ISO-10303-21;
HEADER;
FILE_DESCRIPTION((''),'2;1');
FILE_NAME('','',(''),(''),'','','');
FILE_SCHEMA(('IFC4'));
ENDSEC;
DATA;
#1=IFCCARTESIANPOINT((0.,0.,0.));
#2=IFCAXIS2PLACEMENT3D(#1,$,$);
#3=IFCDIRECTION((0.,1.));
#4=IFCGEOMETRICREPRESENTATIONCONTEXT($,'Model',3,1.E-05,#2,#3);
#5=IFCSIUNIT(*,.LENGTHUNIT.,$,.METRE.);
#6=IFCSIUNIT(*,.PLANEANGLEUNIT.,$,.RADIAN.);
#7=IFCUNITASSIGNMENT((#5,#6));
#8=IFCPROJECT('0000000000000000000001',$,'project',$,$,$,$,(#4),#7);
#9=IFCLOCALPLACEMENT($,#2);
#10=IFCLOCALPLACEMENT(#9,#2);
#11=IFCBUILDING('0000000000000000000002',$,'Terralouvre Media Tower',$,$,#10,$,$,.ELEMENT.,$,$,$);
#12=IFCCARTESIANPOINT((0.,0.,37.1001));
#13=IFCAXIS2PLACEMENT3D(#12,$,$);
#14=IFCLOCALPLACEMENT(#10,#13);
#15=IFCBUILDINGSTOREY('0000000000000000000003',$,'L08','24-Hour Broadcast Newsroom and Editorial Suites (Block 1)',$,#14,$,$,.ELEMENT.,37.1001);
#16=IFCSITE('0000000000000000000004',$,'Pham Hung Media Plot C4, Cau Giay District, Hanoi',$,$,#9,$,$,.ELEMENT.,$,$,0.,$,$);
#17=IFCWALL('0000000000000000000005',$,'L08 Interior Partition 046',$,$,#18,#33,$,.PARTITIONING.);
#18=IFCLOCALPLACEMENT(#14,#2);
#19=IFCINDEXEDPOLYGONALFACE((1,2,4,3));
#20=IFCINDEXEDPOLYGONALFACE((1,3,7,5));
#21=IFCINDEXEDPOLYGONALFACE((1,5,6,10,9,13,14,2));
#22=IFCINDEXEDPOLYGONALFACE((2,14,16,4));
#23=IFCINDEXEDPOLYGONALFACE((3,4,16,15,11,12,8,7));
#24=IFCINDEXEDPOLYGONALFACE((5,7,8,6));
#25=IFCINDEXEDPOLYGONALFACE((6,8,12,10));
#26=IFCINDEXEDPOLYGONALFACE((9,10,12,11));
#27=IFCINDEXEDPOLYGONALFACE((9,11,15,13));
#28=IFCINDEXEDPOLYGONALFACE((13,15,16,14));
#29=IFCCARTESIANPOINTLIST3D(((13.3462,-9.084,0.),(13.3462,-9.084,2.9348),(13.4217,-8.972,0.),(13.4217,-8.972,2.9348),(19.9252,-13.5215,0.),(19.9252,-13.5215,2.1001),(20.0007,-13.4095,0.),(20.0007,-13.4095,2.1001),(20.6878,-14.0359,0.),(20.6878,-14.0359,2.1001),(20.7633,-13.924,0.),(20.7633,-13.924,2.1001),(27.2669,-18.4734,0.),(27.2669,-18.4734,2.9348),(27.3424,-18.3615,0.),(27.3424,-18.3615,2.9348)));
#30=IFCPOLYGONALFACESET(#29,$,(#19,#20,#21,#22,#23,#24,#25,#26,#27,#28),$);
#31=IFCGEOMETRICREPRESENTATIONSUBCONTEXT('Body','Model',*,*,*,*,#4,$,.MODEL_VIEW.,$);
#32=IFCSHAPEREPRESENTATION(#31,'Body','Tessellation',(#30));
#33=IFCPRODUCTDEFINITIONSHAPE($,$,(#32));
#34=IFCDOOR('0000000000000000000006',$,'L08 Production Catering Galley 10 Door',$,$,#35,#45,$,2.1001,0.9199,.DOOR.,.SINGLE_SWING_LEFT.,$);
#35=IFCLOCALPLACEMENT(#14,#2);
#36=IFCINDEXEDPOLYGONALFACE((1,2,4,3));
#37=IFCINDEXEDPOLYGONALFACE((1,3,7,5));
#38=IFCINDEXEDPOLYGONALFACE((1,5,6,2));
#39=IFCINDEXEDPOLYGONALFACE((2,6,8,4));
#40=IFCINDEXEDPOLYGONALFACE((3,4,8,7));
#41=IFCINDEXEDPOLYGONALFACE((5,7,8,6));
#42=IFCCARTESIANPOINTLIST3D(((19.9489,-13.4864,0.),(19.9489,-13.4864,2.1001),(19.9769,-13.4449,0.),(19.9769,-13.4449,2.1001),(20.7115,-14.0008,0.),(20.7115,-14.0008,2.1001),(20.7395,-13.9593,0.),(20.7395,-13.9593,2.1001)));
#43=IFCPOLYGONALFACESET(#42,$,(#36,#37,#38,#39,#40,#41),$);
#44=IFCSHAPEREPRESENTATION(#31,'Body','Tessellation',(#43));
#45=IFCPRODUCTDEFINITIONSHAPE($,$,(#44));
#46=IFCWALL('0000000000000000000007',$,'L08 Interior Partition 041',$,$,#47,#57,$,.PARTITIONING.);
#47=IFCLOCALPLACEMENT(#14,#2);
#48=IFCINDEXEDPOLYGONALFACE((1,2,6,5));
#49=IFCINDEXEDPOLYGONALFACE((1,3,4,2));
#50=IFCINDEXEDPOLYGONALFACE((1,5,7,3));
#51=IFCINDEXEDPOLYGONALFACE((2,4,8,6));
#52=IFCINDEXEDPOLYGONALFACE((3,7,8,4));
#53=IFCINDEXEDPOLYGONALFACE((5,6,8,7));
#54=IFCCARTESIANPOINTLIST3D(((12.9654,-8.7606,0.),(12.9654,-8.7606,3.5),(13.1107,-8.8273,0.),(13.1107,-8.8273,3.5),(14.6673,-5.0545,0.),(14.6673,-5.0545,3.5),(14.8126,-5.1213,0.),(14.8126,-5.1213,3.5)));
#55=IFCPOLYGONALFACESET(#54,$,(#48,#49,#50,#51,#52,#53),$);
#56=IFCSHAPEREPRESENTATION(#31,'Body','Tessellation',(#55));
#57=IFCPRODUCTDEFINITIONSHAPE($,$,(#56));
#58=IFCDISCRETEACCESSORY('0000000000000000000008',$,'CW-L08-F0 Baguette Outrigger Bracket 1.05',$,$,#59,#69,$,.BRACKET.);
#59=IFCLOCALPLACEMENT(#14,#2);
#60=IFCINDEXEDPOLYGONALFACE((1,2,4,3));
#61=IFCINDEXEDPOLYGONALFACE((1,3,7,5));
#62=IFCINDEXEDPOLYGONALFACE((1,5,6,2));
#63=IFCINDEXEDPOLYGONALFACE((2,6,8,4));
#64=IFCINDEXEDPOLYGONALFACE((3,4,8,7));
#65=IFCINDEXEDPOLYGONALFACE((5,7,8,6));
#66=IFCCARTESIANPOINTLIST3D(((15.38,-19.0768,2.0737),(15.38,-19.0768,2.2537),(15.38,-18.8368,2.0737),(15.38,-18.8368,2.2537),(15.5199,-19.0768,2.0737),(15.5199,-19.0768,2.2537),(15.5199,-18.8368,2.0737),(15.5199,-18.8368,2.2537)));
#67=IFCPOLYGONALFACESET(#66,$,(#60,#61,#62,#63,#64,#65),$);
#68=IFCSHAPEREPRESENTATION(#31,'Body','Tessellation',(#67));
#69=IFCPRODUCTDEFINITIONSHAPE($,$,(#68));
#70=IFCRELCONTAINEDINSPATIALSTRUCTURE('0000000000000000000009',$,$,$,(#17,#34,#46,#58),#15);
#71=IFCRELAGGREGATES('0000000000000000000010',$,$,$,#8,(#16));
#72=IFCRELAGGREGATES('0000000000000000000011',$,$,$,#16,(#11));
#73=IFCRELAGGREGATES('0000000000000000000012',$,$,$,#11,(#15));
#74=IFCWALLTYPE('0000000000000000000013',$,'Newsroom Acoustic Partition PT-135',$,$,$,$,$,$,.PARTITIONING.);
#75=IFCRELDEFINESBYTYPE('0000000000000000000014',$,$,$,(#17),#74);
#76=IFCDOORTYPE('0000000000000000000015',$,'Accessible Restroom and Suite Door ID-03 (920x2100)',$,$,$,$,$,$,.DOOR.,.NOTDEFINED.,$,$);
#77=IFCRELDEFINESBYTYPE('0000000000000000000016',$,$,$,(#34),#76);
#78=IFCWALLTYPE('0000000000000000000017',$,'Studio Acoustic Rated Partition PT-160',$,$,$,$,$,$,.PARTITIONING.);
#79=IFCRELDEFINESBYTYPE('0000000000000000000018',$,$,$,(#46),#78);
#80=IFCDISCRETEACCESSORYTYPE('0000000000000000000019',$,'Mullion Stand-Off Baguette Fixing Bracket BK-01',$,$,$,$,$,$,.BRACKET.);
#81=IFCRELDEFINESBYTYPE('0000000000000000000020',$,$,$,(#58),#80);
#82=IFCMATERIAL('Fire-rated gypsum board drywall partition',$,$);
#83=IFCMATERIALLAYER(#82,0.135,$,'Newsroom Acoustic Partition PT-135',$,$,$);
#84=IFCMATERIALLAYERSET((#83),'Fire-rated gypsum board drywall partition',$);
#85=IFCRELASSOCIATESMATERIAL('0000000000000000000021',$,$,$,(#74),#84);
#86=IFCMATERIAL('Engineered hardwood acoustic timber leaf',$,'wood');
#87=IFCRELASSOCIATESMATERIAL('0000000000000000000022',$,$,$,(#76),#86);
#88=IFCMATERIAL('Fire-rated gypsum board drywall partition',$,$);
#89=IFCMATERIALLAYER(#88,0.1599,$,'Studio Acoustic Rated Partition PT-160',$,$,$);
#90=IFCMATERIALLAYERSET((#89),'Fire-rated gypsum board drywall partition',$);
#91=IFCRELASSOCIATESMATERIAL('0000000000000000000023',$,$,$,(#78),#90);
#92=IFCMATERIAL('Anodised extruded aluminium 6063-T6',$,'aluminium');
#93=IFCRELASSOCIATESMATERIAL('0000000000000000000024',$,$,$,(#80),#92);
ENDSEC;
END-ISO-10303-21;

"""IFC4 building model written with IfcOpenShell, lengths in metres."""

from ifc_helpers import new_model, si_unit, direction, frame, frame_2d, origin, origin_2d, place, context, subcontext, project, spatial, rectangle, extrude, material, layer, layer_set, type_object, element, fill, save


model = new_model("IFC4")

# Units and contexts
model_context = context("Model", 3, precision=1e-05, world=origin(), true_north=direction((0.0, 1.0)))
body_context = subcontext(model_context, "Body", "Model", "MODEL_VIEW")
ifc_project = project(units=[si_unit("LENGTHUNIT", "METRE"), si_unit("PLANEANGLEUNIT", "RADIAN")], contexts=[model_context])

# Site, building, storey
site_placement = place(None, origin())
site = spatial("IfcSite", under=ifc_project, at=site_placement, Name="Pham Hung Media Plot C4, Cau Giay District, Hanoi", CompositionType="ELEMENT", RefElevation=0.0)
building_placement = place(site_placement, origin())
building = spatial("IfcBuilding", under=site, at=building_placement, Name="Terralouvre Media Tower", CompositionType="ELEMENT")
storey_placement = place(building_placement, frame((0.0, 0.0, 37.1001)))
storey = spatial("IfcBuildingStorey", under=building, at=storey_placement, Name="L08", Description="24-Hour Broadcast Newsroom and Editorial Suites (Block 1)", CompositionType="ELEMENT", Elevation=37.1001)

# Shared definitions
ifc_material_1 = material(Name="Fire-rated gypsum board drywall partition")
ifc_layer_1 = layer(ifc_material_1, 0.135, Name="Newsroom Acoustic Partition PT-135")
ifc_layer_set_1 = layer_set([ifc_layer_1], Name="Fire-rated gypsum board drywall partition")
wall_type_1 = type_object("IfcWallType", Name="Newsroom Acoustic Partition PT-135", PredefinedType="PARTITIONING", material=ifc_layer_set_1)

# Wall, opening, door
wall_1_placement = place(storey_placement, frame((13.384, -9.0281, 0.0), z_axis=(0.0, 0.0, 1.0), x_axis=(0.829043, -0.559185, 0.0)))
wall_1 = element("IfcWall", 1, at=wall_1_placement, inside=storey, type_object=wall_type_1, Name="L08 Interior Partition 046", PredefinedType="PARTITIONING", context=body_context, shape_type="SweptSolid", body=[
    extrude(rectangle(XDim=16.7913, YDim=0.135, at=frame_2d((8.3955, 0.0))), origin(), (0.0, 0.0, 1.0), 2.9348),
])
opening_1_placement = place(wall_1_placement, frame((7.9355, 0.0, 0.0)))
opening_1 = element("IfcOpeningElement", 2, at=opening_1_placement, cuts=wall_1, PredefinedType="OPENING", context=body_context, shape_type="SweptSolid", body=[
    extrude(rectangle(XDim=0.9199, YDim=2.1001, at=frame_2d((0.46, 1.05))), frame((0.0, 0.0774, 0.0), z_axis=(0.0, -1.0, 0.0), x_axis=(1.0, 0.0, 0.0)), (0.0, 0.0, 1.0), 0.155),
])
ifc_material_2 = material(Name="Engineered hardwood acoustic timber leaf", Category="wood")
door_type_1 = type_object("IfcDoorType", Name="Accessible Restroom and Suite Door ID-03 (920x2100)", OperationType="NOTDEFINED", PredefinedType="DOOR", material=ifc_material_2)
door_1_placement = place(opening_1_placement, origin())
door_1 = element("IfcDoor", 3, at=door_1_placement, inside=storey, type_object=door_type_1, Name="L08 Production Catering Galley 10 Door", OperationType="SINGLE_SWING_LEFT", OverallHeight=2.1001, OverallWidth=0.9199, PredefinedType="DOOR", context=body_context, shape_type="SweptSolid", body=[
    extrude(rectangle(XDim=0.9199, YDim=2.1001, at=frame_2d((0.46, 1.05))), frame((0.0, 0.0249, 0.0), z_axis=(0.0, -1.0, 0.0), x_axis=(1.0, 0.0, 0.0)), (0.0, 0.0, 1.0), 0.05),
])
fill(opening_1, door_1)

# Wall
ifc_material_3 = material(Name="Fire-rated gypsum board drywall partition")
ifc_layer_2 = layer(ifc_material_3, 0.1599, Name="Studio Acoustic Rated Partition PT-160")
ifc_layer_set_2 = layer_set([ifc_layer_2], Name="Fire-rated gypsum board drywall partition")
wall_type_2 = type_object("IfcWallType", Name="Studio Acoustic Rated Partition PT-160", PredefinedType="PARTITIONING", material=ifc_layer_set_2)
wall_2_placement = place(storey_placement, frame((13.0381, -8.7939, 0.0), z_axis=(0.0, 0.0, 1.0), x_axis=(0.417322, 0.908758, 0.0)))
element("IfcWall", 4, at=wall_2_placement, inside=storey, type_object=wall_type_2, Name="L08 Interior Partition 041", PredefinedType="PARTITIONING", context=body_context, shape_type="SweptSolid", body=[
    extrude(rectangle(XDim=4.0781, YDim=0.1599, at=frame_2d((2.0391, 0.0))), origin(), (0.0, 0.0, 1.0), 3.5),
])

# Discrete accessory
ifc_material_4 = material(Name="Anodised extruded aluminium 6063-T6", Category="aluminium")
discrete_accessory_type = type_object("IfcDiscreteAccessoryType", Name="Mullion Stand-Off Baguette Fixing Bracket BK-01", PredefinedType="BRACKET", material=ifc_material_4)
discrete_accessory_placement = place(storey_placement, frame((15.45, -18.9568, 2.0737), z_axis=(0.0, 0.0, 1.0), x_axis=(1.0, 0.0, 0.0)))
element("IfcDiscreteAccessory", 5, at=discrete_accessory_placement, inside=storey, type_object=discrete_accessory_type, Name="CW-L08-F0 Baguette Outrigger Bracket 1.05", PredefinedType="BRACKET", context=body_context, shape_type="SweptSolid", body=[
    extrude(rectangle(XDim=0.1399, YDim=0.24, at=origin_2d()), origin(), (0.0, 0.0, 1.0), 0.1799),
])

save(model, "model.ifc")
